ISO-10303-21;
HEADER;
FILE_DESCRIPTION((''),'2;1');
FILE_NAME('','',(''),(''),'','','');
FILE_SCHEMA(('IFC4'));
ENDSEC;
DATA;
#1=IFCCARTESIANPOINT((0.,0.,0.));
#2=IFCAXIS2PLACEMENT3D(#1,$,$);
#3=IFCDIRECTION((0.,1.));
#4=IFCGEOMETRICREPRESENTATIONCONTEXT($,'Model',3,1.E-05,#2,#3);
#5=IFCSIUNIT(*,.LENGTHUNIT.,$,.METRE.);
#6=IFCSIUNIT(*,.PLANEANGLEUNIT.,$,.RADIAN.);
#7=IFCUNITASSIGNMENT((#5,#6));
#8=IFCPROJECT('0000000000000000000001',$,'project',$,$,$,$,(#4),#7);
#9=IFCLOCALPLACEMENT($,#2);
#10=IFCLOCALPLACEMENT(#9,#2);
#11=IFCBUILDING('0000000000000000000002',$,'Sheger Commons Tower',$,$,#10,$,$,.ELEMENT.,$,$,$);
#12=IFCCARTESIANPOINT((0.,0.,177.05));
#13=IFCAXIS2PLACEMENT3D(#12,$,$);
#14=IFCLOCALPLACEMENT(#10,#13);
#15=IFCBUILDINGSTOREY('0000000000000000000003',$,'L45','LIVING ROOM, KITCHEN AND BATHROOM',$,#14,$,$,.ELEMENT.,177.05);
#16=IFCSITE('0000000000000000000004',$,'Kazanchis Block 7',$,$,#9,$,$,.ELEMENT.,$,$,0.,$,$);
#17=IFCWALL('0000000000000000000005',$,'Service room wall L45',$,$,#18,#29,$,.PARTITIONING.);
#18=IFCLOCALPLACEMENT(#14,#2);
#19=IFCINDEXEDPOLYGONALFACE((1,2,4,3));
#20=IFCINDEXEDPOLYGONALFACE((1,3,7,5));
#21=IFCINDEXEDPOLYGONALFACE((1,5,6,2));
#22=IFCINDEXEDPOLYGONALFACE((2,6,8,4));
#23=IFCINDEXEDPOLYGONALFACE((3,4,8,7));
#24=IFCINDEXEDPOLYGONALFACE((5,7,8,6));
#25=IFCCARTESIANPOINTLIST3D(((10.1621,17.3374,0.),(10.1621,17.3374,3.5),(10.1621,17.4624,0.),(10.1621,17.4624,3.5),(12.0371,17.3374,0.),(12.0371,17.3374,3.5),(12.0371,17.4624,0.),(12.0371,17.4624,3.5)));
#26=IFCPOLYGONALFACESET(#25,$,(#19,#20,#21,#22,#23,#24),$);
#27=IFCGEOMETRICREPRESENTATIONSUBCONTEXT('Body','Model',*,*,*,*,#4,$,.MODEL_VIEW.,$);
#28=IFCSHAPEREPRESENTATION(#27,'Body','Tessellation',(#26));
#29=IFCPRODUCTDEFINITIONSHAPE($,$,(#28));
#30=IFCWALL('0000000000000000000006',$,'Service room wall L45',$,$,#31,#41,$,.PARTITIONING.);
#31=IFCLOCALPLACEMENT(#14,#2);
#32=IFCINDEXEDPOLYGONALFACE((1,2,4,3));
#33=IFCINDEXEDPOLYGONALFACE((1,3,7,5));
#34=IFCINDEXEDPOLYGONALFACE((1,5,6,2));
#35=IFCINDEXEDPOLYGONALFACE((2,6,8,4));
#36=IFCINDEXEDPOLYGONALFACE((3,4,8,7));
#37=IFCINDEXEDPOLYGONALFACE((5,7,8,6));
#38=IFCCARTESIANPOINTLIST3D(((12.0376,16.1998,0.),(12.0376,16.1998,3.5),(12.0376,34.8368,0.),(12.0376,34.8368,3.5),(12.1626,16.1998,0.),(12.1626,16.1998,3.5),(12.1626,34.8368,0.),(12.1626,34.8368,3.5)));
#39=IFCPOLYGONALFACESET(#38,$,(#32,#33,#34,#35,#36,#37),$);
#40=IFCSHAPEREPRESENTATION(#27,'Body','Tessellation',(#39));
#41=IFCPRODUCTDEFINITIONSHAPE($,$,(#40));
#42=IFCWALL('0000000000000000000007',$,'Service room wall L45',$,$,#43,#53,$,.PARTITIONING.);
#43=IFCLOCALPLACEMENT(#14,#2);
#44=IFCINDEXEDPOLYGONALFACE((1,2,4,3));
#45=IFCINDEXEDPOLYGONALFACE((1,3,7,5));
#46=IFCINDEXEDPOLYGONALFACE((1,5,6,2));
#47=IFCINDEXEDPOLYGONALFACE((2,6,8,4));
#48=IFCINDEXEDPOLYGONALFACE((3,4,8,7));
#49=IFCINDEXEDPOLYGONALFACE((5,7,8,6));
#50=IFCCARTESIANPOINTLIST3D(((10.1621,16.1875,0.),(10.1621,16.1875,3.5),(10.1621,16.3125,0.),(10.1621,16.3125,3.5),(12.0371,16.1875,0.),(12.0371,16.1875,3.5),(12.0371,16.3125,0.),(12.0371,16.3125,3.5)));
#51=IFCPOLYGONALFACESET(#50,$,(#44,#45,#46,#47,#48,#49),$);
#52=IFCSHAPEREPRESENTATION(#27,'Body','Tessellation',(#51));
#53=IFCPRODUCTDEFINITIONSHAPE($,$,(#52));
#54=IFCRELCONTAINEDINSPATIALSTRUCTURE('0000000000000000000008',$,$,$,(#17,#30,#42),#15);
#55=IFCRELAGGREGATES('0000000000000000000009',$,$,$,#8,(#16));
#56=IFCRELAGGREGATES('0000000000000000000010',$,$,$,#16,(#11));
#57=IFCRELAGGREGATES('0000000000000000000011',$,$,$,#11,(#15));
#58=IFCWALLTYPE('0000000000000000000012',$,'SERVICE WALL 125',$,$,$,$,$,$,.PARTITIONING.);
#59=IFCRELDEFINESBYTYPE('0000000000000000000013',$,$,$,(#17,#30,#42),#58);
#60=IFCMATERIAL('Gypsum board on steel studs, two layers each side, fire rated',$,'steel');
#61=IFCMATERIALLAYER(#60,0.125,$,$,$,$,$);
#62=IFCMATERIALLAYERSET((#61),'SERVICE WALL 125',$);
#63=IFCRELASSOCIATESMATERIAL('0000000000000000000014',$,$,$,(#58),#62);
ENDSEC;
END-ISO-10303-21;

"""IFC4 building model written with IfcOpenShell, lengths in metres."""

from ifc_helpers import new_model, si_unit, direction, frame, frame_2d, origin, place, context, subcontext, project, spatial, rectangle, extrude, material, layer, layer_set, type_object, element, save


model = new_model("IFC4")

# Units and contexts
model_context = context("Model", 3, precision=1e-05, world=origin(), true_north=direction((0.0, 1.0)))
body_context = subcontext(model_context, "Body", "Model", "MODEL_VIEW")
ifc_project = project(units=[si_unit("LENGTHUNIT", "METRE"), si_unit("PLANEANGLEUNIT", "RADIAN")], contexts=[model_context])

# Site, building, storey
site_placement = place(None, origin())
site = spatial("IfcSite", under=ifc_project, at=site_placement, Name="Kazanchis Block 7", CompositionType="ELEMENT", RefElevation=0.0)
building_placement = place(site_placement, origin())
building = spatial("IfcBuilding", under=site, at=building_placement, Name="Sheger Commons Tower", CompositionType="ELEMENT")
storey_placement = place(building_placement, frame((0.0, 0.0, 177.05)))
storey = spatial("IfcBuildingStorey", under=building, at=storey_placement, Name="L45", Description="LIVING ROOM, KITCHEN AND BATHROOM", CompositionType="ELEMENT", Elevation=177.05)

# Shared definitions
ifc_material_1 = material(Name="Gypsum board on steel studs, two layers each side, fire rated", Category="steel")
ifc_layer_1 = layer(ifc_material_1, 0.125)
ifc_layer_set_1 = layer_set([ifc_layer_1], Name="SERVICE WALL 125")
wall_type_1 = type_object("IfcWallType", Name="SERVICE WALL 125", PredefinedType="PARTITIONING", material=ifc_layer_set_1)

# Walls
wall_1_placement = place(storey_placement, frame((10.1621, 17.3999, 0.0), z_axis=(0.0, 0.0, 1.0), x_axis=(1.0, 0.0, 0.0)))
element("IfcWall", 1, at=wall_1_placement, inside=storey, type_object=wall_type_1, Name="Service room wall L45", PredefinedType="PARTITIONING", context=body_context, shape_type="SweptSolid", body=[
    extrude(rectangle(XDim=1.875, YDim=0.125, at=frame_2d((0.9375, 0.0))), origin(), (0.0, 0.0, 1.0), 3.5),
])
wall_2_placement = place(storey_placement, frame((12.1001, 16.2, 0.0), z_axis=(0.0, 0.0, 1.0), x_axis=(0.0, 1.0, 0.0)))
element("IfcWall", 2, at=wall_2_placement, inside=storey, type_object=wall_type_1, Name="Service room wall L45", PredefinedType="PARTITIONING", context=body_context, shape_type="SweptSolid", body=[
    extrude(rectangle(XDim=18.637, YDim=0.125, at=frame_2d((9.3184, 0.0))), origin(), (0.0, 0.0, 1.0), 3.5),
])
wall_3_placement = place(storey_placement, frame((10.1621, 16.25, 0.0), z_axis=(0.0, 0.0, 1.0), x_axis=(1.0, 0.0, 0.0)))
element("IfcWall", 3, at=wall_3_placement, inside=storey, type_object=wall_type_1, Name="Service room wall L45", PredefinedType="PARTITIONING", context=body_context, shape_type="SweptSolid", body=[
    extrude(rectangle(XDim=1.875, YDim=0.125, at=frame_2d((0.9375, 0.0))), origin(), (0.0, 0.0, 1.0), 3.5),
])

save(model, "model.ifc")
